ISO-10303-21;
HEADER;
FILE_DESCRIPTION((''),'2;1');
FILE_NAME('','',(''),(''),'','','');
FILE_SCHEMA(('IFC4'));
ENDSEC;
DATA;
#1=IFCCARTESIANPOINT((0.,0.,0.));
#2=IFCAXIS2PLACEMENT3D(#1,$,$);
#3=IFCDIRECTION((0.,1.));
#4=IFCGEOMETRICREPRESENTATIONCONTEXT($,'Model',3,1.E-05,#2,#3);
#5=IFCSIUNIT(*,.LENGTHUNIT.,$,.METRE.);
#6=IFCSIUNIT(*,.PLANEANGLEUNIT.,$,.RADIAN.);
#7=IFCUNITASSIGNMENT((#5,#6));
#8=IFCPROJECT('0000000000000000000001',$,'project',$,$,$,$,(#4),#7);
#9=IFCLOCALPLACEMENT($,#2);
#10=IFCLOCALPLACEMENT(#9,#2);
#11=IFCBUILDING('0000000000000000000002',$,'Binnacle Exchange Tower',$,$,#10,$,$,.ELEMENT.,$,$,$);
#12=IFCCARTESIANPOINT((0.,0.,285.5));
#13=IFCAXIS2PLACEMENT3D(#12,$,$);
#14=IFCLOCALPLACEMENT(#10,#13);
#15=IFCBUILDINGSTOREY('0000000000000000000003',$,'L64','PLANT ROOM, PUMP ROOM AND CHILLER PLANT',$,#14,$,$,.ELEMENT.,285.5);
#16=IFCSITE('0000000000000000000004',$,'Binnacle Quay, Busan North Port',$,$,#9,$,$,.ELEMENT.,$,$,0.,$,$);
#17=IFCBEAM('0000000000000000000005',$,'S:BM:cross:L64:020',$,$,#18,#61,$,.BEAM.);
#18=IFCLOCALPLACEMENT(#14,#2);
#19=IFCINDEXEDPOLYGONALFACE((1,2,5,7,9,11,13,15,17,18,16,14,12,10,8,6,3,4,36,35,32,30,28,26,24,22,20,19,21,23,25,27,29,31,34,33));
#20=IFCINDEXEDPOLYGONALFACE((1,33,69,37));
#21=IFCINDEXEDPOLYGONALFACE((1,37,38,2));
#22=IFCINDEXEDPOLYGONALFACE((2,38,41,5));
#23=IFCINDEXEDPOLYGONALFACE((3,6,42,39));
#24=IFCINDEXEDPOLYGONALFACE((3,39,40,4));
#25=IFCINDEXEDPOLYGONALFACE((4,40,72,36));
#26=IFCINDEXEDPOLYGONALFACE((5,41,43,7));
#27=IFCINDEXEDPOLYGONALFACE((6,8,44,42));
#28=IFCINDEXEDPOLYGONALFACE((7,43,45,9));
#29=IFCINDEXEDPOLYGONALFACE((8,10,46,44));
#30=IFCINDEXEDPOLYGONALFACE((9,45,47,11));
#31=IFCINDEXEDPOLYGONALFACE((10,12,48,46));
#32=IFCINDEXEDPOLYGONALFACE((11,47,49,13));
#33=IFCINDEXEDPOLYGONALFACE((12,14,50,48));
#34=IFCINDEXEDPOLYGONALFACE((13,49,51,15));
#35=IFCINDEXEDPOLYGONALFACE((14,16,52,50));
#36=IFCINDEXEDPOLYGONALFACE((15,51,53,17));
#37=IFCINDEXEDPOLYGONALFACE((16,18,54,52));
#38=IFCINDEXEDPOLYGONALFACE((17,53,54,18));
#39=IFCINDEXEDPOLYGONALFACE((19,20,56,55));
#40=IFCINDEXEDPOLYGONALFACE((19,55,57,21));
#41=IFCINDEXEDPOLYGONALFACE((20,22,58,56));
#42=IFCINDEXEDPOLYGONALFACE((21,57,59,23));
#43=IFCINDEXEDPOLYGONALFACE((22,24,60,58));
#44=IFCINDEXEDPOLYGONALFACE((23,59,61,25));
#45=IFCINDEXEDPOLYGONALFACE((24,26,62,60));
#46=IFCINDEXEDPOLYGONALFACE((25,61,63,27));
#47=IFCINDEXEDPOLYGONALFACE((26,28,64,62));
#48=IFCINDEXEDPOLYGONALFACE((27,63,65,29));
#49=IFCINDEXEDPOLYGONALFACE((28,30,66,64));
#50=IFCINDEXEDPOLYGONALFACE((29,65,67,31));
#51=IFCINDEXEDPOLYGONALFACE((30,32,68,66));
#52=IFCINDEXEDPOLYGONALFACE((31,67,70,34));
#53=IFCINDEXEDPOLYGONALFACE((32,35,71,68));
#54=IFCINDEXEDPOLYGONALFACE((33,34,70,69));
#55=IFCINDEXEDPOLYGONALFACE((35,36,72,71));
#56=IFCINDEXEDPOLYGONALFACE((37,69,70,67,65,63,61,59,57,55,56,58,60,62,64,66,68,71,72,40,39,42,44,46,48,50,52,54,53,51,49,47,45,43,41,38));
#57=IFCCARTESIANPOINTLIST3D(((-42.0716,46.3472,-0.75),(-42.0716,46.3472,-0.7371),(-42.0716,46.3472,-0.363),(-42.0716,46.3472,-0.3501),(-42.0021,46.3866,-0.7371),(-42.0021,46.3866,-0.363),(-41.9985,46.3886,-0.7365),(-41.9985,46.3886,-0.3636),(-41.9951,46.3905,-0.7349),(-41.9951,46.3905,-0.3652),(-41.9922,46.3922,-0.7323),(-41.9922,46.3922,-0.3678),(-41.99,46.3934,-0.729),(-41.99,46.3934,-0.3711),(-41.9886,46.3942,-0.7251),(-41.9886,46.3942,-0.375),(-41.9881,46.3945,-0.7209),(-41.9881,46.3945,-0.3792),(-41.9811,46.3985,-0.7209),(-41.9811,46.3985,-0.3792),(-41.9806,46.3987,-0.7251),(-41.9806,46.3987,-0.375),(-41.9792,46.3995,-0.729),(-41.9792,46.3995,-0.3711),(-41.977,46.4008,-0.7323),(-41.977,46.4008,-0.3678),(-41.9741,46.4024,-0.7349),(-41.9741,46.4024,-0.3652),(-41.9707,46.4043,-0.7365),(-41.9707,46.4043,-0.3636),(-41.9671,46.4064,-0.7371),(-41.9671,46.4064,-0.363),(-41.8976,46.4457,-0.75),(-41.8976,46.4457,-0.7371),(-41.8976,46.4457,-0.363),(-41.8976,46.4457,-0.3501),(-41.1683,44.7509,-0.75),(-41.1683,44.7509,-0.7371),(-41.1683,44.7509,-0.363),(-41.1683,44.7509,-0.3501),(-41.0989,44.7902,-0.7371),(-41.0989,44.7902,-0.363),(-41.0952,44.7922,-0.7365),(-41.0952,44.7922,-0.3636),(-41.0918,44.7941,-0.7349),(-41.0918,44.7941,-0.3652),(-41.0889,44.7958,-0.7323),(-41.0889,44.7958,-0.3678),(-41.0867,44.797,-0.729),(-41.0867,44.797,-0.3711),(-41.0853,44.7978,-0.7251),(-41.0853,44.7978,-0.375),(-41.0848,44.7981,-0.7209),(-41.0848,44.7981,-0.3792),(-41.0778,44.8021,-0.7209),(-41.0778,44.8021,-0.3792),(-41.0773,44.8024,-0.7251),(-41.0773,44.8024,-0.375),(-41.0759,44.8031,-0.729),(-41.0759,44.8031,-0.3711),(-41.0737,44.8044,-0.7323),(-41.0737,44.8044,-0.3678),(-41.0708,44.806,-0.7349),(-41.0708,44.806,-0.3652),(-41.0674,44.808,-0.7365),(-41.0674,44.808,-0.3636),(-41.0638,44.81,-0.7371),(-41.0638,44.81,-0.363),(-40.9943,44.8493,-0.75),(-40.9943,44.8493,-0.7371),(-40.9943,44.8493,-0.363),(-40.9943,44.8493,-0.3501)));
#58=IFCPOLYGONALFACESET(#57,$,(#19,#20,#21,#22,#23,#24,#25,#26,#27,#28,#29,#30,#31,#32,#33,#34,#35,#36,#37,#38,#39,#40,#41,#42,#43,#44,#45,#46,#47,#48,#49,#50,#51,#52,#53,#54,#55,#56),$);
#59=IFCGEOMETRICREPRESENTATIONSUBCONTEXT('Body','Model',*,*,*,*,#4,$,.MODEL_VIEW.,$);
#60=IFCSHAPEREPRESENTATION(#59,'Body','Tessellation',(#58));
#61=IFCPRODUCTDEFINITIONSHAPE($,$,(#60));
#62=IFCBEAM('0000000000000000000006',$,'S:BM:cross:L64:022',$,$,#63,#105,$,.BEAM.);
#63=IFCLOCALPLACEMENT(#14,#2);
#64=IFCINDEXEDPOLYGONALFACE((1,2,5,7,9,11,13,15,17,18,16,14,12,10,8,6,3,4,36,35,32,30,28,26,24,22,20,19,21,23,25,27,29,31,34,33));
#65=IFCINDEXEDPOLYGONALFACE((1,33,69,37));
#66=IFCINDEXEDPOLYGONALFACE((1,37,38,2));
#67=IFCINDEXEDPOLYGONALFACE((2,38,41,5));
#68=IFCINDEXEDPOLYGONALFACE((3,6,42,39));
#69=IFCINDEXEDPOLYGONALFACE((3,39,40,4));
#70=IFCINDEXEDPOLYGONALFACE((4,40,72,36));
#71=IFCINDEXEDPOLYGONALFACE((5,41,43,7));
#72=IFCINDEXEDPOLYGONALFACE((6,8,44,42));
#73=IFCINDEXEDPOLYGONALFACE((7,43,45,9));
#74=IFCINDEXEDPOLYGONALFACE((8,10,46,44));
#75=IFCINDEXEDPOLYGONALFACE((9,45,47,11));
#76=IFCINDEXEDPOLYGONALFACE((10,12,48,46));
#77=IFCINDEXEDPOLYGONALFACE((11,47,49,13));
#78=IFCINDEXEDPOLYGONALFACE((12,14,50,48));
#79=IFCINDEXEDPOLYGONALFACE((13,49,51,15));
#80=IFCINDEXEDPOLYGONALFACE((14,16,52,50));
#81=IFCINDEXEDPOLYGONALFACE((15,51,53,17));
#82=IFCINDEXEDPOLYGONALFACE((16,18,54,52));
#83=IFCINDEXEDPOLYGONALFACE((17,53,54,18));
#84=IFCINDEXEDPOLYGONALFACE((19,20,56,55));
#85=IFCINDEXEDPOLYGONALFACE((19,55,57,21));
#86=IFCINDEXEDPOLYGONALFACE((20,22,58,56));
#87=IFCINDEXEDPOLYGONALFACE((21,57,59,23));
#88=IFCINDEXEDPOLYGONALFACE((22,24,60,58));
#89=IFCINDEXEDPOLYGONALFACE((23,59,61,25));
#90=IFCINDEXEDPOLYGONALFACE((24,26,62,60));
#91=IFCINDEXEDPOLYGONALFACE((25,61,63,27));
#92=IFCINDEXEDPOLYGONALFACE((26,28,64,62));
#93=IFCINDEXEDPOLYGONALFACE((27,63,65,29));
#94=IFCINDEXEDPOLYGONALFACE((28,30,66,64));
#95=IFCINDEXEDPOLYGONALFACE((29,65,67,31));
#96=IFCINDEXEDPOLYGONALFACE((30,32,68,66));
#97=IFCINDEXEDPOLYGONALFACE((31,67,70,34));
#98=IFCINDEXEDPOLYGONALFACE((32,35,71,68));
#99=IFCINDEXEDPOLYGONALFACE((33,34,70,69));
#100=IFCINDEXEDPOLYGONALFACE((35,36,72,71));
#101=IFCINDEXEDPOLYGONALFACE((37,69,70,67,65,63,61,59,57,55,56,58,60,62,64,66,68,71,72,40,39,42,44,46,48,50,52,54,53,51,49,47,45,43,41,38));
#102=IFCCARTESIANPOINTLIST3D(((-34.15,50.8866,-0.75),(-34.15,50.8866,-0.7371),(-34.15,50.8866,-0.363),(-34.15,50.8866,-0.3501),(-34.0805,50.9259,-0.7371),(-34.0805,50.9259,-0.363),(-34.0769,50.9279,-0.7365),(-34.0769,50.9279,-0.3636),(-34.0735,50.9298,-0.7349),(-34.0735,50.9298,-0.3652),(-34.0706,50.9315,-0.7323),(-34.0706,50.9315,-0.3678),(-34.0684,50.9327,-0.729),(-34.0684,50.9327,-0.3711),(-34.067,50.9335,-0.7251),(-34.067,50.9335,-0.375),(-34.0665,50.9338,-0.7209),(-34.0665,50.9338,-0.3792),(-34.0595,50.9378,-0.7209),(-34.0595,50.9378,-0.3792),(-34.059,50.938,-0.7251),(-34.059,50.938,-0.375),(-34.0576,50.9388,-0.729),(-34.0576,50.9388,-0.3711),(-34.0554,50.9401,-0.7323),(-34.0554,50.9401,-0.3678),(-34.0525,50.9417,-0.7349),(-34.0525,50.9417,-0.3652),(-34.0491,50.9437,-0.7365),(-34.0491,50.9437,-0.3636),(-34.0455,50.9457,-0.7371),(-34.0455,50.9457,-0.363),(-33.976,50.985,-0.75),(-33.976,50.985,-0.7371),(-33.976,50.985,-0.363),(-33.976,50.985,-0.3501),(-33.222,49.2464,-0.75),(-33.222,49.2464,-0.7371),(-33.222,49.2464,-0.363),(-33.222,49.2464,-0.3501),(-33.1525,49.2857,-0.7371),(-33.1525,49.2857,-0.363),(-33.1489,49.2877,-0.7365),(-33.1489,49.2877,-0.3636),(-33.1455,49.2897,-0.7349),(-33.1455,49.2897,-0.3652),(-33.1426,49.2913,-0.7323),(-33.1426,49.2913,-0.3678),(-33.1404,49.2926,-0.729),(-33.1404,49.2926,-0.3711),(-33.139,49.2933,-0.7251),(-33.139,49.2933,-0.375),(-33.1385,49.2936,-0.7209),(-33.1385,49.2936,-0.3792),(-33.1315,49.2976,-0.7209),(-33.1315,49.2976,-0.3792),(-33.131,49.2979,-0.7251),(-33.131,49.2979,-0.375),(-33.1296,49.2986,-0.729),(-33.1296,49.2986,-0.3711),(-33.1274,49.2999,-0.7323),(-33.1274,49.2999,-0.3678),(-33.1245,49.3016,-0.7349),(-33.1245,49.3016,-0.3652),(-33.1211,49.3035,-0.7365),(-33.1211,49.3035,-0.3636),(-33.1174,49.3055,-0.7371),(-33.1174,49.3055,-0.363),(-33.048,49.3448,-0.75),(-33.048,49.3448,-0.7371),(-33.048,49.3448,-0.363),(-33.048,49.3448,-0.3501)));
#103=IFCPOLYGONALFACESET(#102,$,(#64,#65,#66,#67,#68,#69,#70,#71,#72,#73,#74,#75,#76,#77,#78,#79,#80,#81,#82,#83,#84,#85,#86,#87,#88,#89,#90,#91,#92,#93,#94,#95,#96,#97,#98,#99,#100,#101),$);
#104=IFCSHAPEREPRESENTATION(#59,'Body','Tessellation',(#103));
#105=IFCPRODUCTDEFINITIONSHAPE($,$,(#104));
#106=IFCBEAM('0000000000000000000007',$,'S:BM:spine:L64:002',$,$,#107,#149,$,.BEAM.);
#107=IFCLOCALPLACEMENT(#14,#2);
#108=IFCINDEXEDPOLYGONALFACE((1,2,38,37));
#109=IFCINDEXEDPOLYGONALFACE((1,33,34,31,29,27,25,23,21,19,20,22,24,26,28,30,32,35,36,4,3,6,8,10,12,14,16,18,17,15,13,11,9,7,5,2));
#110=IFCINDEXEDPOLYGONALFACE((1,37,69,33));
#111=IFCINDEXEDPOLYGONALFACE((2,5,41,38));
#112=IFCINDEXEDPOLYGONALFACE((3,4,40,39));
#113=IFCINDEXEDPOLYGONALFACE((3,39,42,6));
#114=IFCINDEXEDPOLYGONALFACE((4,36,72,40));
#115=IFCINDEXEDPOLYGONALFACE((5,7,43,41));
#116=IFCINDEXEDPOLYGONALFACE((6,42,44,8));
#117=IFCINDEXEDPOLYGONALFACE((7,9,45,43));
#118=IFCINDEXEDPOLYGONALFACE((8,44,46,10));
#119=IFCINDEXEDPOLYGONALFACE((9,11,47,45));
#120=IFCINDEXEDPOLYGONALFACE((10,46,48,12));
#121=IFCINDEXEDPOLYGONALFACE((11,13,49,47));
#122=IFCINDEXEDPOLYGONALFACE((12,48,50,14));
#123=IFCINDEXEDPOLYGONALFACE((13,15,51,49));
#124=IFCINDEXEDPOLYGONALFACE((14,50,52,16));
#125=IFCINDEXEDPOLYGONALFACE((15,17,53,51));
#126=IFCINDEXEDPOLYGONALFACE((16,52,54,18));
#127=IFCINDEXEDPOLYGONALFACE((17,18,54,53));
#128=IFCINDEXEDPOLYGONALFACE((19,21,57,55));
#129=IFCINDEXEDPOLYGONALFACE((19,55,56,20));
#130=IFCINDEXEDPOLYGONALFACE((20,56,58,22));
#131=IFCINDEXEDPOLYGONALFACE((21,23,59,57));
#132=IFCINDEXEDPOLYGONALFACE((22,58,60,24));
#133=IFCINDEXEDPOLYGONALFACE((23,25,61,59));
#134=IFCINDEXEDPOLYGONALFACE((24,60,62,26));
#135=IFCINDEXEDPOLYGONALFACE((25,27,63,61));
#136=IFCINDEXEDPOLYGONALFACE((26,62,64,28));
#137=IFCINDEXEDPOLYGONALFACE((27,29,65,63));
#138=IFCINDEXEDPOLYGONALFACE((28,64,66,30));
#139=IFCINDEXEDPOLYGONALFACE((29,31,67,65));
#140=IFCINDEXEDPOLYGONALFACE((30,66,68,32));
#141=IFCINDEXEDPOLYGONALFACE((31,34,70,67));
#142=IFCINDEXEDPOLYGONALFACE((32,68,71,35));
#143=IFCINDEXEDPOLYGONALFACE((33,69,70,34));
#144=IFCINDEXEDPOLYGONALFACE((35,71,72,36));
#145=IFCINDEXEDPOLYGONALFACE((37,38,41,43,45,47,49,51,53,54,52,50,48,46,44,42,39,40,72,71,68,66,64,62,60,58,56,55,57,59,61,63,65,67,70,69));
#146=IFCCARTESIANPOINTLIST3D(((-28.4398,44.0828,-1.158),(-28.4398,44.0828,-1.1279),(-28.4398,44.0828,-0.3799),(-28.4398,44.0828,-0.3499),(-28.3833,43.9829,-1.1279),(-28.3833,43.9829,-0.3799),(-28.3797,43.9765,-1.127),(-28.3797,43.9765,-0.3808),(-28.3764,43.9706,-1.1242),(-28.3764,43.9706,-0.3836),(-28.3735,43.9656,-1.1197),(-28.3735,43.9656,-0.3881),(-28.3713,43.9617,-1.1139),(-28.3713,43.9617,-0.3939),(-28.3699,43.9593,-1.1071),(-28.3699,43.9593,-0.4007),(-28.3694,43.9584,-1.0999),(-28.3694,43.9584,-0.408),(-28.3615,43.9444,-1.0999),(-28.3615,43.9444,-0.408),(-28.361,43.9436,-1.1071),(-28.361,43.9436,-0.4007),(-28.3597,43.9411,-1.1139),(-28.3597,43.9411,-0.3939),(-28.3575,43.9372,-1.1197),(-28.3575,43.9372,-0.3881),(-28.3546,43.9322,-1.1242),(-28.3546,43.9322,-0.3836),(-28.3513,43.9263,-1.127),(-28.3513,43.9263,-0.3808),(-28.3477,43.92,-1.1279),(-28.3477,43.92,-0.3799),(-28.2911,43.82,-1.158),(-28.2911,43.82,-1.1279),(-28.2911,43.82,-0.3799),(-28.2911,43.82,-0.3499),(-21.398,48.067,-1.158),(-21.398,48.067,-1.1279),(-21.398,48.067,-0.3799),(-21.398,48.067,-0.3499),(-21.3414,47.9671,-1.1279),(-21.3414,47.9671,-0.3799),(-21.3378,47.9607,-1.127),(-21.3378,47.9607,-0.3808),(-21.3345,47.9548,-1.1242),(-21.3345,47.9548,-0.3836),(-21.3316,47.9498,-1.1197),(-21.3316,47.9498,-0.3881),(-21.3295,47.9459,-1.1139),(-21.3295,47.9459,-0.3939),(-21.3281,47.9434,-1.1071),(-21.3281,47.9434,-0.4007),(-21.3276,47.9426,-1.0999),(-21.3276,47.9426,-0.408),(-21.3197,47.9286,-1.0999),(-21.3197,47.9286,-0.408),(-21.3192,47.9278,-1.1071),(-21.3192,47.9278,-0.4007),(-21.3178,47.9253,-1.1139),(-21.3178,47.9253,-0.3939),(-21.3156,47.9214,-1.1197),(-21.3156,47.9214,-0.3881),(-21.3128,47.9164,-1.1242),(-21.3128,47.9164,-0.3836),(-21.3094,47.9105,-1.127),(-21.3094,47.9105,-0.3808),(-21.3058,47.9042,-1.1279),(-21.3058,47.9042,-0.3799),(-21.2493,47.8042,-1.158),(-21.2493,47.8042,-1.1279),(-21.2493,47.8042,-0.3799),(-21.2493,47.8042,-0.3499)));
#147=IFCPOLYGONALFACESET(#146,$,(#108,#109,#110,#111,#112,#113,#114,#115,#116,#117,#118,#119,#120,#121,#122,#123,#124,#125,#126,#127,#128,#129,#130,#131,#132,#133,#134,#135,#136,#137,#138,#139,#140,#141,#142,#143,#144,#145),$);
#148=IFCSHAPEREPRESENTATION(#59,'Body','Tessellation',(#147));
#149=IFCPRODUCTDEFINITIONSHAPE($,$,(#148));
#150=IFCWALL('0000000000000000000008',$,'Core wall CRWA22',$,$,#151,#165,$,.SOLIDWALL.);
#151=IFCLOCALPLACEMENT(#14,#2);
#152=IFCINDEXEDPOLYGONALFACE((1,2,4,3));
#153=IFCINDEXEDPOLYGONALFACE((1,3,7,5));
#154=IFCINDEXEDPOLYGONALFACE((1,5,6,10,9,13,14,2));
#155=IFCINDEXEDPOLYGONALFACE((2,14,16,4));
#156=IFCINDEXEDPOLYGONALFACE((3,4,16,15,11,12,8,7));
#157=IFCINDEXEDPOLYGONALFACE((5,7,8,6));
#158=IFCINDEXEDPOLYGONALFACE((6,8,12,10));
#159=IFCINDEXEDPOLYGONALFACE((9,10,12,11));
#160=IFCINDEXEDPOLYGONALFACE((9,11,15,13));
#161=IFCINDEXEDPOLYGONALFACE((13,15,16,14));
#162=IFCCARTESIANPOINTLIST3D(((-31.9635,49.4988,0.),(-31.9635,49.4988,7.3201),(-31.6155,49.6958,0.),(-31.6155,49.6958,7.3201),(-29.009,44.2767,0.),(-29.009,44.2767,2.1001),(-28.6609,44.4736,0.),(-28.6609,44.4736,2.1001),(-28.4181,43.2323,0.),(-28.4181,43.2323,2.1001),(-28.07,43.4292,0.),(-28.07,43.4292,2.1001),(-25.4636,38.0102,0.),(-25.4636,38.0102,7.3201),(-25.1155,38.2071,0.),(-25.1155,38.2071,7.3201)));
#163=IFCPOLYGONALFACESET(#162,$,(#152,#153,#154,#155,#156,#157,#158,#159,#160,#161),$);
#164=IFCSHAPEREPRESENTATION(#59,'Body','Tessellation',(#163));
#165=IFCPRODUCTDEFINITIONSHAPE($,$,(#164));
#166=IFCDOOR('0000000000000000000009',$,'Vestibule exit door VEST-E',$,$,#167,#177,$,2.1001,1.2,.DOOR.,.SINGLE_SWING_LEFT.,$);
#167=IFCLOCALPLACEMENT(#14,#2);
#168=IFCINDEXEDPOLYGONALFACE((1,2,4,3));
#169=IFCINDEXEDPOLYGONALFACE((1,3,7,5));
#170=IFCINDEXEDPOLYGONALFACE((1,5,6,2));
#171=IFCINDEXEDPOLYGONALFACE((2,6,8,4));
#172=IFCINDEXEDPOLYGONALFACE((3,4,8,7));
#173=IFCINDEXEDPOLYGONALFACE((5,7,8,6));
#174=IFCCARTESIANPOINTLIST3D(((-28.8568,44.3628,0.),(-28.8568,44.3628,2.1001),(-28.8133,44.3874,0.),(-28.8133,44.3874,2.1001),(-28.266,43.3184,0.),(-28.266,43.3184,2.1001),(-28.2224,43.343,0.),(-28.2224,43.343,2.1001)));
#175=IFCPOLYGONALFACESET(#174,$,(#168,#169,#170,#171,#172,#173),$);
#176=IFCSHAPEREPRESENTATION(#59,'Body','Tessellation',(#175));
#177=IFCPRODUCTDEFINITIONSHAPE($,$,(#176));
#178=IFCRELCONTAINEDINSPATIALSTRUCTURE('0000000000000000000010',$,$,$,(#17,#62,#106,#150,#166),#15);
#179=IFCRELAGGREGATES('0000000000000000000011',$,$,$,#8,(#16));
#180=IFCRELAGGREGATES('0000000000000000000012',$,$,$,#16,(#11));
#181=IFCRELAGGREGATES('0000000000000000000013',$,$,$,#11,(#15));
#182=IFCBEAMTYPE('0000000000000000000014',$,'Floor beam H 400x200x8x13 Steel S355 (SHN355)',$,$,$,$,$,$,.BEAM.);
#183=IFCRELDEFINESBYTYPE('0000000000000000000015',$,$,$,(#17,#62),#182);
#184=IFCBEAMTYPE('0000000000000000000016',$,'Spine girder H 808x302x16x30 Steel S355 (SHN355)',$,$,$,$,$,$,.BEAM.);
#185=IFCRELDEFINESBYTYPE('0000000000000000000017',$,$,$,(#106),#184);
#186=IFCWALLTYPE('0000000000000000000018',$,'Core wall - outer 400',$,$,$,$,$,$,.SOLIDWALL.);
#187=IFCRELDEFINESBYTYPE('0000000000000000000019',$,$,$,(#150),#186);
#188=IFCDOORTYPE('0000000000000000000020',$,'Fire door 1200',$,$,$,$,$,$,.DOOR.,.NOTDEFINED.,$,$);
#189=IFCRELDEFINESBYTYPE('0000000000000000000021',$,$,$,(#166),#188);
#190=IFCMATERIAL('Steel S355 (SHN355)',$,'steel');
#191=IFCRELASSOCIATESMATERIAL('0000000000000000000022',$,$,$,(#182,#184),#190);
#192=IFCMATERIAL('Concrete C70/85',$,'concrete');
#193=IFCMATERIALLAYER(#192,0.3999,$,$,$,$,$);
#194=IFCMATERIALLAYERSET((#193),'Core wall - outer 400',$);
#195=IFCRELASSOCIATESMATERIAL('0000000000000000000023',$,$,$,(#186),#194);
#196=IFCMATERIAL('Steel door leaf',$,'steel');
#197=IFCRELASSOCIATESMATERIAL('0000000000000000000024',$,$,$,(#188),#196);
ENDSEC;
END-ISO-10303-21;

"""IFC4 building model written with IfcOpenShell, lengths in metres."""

from ifc_helpers import new_model, si_unit, direction, frame, frame_2d, origin, origin_2d, place, context, subcontext, project, spatial, rectangle, i_section, extrude, material, layer, layer_set, material_profile, profile_set, type_object, element, fill, save


model = new_model("IFC4")

# Units and contexts
model_context = context("Model", 3, precision=1e-05, world=origin(), true_north=direction((0.0, 1.0)))
body_context = subcontext(model_context, "Body", "Model", "MODEL_VIEW")
ifc_project = project(units=[si_unit("LENGTHUNIT", "METRE"), si_unit("PLANEANGLEUNIT", "RADIAN")], contexts=[model_context])

# Site, building, storey
site_placement = place(None, origin())
site = spatial("IfcSite", under=ifc_project, at=site_placement, Name="Binnacle Quay, Busan North Port", CompositionType="ELEMENT", RefElevation=0.0)
building_placement = place(site_placement, origin())
building = spatial("IfcBuilding", under=site, at=building_placement, Name="Binnacle Exchange Tower", CompositionType="ELEMENT")
storey_placement = place(building_placement, frame((0.0, 0.0, 285.5)))
storey = spatial("IfcBuildingStorey", under=building, at=storey_placement, Name="L64", Description="PLANT ROOM, PUMP ROOM AND CHILLER PLANT", CompositionType="ELEMENT", Elevation=285.5)

# Beams
ifc_material_1 = material(Name="Steel S355 (SHN355)", Category="steel")
ifc_material_profile_1 = material_profile(ifc_material_1, i_section(OverallWidth=0.2, OverallDepth=0.3999, WebThickness=0.0081, FlangeThickness=0.0129, FilletRadius=0.0161, at=origin_2d()), Name="H 400x200x8x13")
ifc_profile_set_1 = profile_set([ifc_material_profile_1], Name="Steel S355 (SHN355)")
beam_type_1 = type_object("IfcBeamType", Name="Floor beam H 400x200x8x13 Steel S355 (SHN355)", PredefinedType="BEAM", material=ifc_profile_set_1)
beam_1_placement = place(storey_placement, frame((-41.9846, 46.3965, -0.55), z_axis=(0.492465, -0.870332, 0.0), x_axis=(0.870332, 0.492465, 0.0)))
element("IfcBeam", 1, at=beam_1_placement, inside=storey, type_object=beam_type_1, Name="S:BM:cross:L64:020", PredefinedType="BEAM", context=body_context, shape_type="SweptSolid", body=[
    extrude(i_section(OverallWidth=0.2, OverallDepth=0.3999, WebThickness=0.0081, FlangeThickness=0.0129, FilletRadius=0.0161, at=origin_2d()), origin(), (0.0, 0.0, 1.0), 1.8342),
])
beam_2_placement = place(storey_placement, frame((-34.063, 50.9358, -0.55), z_axis=(0.492437, -0.870348, 0.0), x_axis=(0.870348, 0.492437, 0.0)))
element("IfcBeam", 2, at=beam_2_placement, inside=storey, type_object=beam_type_1, Name="S:BM:cross:L64:022", PredefinedType="BEAM", context=body_context, shape_type="SweptSolid", body=[
    extrude(i_section(OverallWidth=0.2, OverallDepth=0.3999, WebThickness=0.0081, FlangeThickness=0.0129, FilletRadius=0.0161, at=origin_2d()), origin(), (0.0, 0.0, 1.0), 1.8845),
])
ifc_material_profile_2 = material_profile(ifc_material_1, i_section(OverallWidth=0.302, OverallDepth=0.8081, WebThickness=0.0161, FlangeThickness=0.03, FilletRadius=0.0281, at=origin_2d()), Name="H 808x302x16x30")
ifc_profile_set_2 = profile_set([ifc_material_profile_2], Name="Steel S355 (SHN355)")
beam_type_2 = type_object("IfcBeamType", Name="Spine girder H 808x302x16x30 Steel S355 (SHN355)", PredefinedType="BEAM", material=ifc_profile_set_2)
beam_3_placement = place(storey_placement, frame((-28.3655, 43.9514, -0.7539), z_axis=(0.87035, 0.492433, 0.0), x_axis=(-0.492433, 0.87035, 0.0)))
element("IfcBeam", 3, at=beam_3_placement, inside=storey, type_object=beam_type_2, Name="S:BM:spine:L64:002", PredefinedType="BEAM", context=body_context, shape_type="SweptSolid", body=[
    extrude(i_section(OverallWidth=0.302, OverallDepth=0.8081, WebThickness=0.0161, FlangeThickness=0.03, FilletRadius=0.0281, at=origin_2d()), origin(), (0.0, 0.0, 1.0), 8.0908),
])

# Wall, opening, door
ifc_material_2 = material(Name="Concrete C70/85", Category="concrete")
ifc_layer_1 = layer(ifc_material_2, 0.3999)
ifc_layer_set_1 = layer_set([ifc_layer_1], Name="Core wall - outer 400")
wall_type_1 = type_object("IfcWallType", Name="Core wall - outer 400", PredefinedType="SOLIDWALL", material=ifc_layer_set_1)
wall_1_placement = place(storey_placement, frame((-31.7896, 49.5974, 0.0), z_axis=(0.0, 0.0, 1.0), x_axis=(0.492422, -0.870357, 0.0)))
wall_1 = element("IfcWall", 4, at=wall_1_placement, inside=storey, type_object=wall_type_1, Name="Core wall CRWA22", PredefinedType="SOLIDWALL", context=body_context, shape_type="SweptSolid", body=[
    extrude(rectangle(XDim=13.2, YDim=0.3999, at=frame_2d((6.6001, 0.0))), origin(), (0.0, 0.0, 1.0), 7.3201),
])
opening_1_placement = place(wall_1_placement, frame((6.0, 0.0, 0.0)))
opening_1 = element("IfcOpeningElement", 5, at=opening_1_placement, cuts=wall_1, PredefinedType="OPENING", context=body_context, shape_type="SweptSolid", body=[
    extrude(rectangle(XDim=1.2, YDim=2.1001, at=frame_2d((0.6001, 1.05))), frame((0.0, 0.21, 0.0), z_axis=(0.0, -1.0, 0.0), x_axis=(1.0, 0.0, 0.0)), (0.0, 0.0, 1.0), 0.4199),
])
ifc_material_3 = material(Name="Steel door leaf", Category="steel")
door_type_1 = type_object("IfcDoorType", Name="Fire door 1200", OperationType="NOTDEFINED", PredefinedType="DOOR", material=ifc_material_3)
door_1_placement = place(opening_1_placement, origin())
door_1 = element("IfcDoor", 6, at=door_1_placement, inside=storey, type_object=door_type_1, Name="Vestibule exit door VEST-E", OperationType="SINGLE_SWING_LEFT", OverallHeight=2.1001, OverallWidth=1.2, PredefinedType="DOOR", context=body_context, shape_type="SweptSolid", body=[
    extrude(rectangle(XDim=1.2, YDim=2.1001, at=frame_2d((0.6001, 1.05))), frame((0.0, 0.0249, 0.0), z_axis=(0.0, -1.0, 0.0), x_axis=(1.0, 0.0, 0.0)), (0.0, 0.0, 1.0), 0.05),
])
fill(opening_1, door_1)

save(model, "model.ifc")
